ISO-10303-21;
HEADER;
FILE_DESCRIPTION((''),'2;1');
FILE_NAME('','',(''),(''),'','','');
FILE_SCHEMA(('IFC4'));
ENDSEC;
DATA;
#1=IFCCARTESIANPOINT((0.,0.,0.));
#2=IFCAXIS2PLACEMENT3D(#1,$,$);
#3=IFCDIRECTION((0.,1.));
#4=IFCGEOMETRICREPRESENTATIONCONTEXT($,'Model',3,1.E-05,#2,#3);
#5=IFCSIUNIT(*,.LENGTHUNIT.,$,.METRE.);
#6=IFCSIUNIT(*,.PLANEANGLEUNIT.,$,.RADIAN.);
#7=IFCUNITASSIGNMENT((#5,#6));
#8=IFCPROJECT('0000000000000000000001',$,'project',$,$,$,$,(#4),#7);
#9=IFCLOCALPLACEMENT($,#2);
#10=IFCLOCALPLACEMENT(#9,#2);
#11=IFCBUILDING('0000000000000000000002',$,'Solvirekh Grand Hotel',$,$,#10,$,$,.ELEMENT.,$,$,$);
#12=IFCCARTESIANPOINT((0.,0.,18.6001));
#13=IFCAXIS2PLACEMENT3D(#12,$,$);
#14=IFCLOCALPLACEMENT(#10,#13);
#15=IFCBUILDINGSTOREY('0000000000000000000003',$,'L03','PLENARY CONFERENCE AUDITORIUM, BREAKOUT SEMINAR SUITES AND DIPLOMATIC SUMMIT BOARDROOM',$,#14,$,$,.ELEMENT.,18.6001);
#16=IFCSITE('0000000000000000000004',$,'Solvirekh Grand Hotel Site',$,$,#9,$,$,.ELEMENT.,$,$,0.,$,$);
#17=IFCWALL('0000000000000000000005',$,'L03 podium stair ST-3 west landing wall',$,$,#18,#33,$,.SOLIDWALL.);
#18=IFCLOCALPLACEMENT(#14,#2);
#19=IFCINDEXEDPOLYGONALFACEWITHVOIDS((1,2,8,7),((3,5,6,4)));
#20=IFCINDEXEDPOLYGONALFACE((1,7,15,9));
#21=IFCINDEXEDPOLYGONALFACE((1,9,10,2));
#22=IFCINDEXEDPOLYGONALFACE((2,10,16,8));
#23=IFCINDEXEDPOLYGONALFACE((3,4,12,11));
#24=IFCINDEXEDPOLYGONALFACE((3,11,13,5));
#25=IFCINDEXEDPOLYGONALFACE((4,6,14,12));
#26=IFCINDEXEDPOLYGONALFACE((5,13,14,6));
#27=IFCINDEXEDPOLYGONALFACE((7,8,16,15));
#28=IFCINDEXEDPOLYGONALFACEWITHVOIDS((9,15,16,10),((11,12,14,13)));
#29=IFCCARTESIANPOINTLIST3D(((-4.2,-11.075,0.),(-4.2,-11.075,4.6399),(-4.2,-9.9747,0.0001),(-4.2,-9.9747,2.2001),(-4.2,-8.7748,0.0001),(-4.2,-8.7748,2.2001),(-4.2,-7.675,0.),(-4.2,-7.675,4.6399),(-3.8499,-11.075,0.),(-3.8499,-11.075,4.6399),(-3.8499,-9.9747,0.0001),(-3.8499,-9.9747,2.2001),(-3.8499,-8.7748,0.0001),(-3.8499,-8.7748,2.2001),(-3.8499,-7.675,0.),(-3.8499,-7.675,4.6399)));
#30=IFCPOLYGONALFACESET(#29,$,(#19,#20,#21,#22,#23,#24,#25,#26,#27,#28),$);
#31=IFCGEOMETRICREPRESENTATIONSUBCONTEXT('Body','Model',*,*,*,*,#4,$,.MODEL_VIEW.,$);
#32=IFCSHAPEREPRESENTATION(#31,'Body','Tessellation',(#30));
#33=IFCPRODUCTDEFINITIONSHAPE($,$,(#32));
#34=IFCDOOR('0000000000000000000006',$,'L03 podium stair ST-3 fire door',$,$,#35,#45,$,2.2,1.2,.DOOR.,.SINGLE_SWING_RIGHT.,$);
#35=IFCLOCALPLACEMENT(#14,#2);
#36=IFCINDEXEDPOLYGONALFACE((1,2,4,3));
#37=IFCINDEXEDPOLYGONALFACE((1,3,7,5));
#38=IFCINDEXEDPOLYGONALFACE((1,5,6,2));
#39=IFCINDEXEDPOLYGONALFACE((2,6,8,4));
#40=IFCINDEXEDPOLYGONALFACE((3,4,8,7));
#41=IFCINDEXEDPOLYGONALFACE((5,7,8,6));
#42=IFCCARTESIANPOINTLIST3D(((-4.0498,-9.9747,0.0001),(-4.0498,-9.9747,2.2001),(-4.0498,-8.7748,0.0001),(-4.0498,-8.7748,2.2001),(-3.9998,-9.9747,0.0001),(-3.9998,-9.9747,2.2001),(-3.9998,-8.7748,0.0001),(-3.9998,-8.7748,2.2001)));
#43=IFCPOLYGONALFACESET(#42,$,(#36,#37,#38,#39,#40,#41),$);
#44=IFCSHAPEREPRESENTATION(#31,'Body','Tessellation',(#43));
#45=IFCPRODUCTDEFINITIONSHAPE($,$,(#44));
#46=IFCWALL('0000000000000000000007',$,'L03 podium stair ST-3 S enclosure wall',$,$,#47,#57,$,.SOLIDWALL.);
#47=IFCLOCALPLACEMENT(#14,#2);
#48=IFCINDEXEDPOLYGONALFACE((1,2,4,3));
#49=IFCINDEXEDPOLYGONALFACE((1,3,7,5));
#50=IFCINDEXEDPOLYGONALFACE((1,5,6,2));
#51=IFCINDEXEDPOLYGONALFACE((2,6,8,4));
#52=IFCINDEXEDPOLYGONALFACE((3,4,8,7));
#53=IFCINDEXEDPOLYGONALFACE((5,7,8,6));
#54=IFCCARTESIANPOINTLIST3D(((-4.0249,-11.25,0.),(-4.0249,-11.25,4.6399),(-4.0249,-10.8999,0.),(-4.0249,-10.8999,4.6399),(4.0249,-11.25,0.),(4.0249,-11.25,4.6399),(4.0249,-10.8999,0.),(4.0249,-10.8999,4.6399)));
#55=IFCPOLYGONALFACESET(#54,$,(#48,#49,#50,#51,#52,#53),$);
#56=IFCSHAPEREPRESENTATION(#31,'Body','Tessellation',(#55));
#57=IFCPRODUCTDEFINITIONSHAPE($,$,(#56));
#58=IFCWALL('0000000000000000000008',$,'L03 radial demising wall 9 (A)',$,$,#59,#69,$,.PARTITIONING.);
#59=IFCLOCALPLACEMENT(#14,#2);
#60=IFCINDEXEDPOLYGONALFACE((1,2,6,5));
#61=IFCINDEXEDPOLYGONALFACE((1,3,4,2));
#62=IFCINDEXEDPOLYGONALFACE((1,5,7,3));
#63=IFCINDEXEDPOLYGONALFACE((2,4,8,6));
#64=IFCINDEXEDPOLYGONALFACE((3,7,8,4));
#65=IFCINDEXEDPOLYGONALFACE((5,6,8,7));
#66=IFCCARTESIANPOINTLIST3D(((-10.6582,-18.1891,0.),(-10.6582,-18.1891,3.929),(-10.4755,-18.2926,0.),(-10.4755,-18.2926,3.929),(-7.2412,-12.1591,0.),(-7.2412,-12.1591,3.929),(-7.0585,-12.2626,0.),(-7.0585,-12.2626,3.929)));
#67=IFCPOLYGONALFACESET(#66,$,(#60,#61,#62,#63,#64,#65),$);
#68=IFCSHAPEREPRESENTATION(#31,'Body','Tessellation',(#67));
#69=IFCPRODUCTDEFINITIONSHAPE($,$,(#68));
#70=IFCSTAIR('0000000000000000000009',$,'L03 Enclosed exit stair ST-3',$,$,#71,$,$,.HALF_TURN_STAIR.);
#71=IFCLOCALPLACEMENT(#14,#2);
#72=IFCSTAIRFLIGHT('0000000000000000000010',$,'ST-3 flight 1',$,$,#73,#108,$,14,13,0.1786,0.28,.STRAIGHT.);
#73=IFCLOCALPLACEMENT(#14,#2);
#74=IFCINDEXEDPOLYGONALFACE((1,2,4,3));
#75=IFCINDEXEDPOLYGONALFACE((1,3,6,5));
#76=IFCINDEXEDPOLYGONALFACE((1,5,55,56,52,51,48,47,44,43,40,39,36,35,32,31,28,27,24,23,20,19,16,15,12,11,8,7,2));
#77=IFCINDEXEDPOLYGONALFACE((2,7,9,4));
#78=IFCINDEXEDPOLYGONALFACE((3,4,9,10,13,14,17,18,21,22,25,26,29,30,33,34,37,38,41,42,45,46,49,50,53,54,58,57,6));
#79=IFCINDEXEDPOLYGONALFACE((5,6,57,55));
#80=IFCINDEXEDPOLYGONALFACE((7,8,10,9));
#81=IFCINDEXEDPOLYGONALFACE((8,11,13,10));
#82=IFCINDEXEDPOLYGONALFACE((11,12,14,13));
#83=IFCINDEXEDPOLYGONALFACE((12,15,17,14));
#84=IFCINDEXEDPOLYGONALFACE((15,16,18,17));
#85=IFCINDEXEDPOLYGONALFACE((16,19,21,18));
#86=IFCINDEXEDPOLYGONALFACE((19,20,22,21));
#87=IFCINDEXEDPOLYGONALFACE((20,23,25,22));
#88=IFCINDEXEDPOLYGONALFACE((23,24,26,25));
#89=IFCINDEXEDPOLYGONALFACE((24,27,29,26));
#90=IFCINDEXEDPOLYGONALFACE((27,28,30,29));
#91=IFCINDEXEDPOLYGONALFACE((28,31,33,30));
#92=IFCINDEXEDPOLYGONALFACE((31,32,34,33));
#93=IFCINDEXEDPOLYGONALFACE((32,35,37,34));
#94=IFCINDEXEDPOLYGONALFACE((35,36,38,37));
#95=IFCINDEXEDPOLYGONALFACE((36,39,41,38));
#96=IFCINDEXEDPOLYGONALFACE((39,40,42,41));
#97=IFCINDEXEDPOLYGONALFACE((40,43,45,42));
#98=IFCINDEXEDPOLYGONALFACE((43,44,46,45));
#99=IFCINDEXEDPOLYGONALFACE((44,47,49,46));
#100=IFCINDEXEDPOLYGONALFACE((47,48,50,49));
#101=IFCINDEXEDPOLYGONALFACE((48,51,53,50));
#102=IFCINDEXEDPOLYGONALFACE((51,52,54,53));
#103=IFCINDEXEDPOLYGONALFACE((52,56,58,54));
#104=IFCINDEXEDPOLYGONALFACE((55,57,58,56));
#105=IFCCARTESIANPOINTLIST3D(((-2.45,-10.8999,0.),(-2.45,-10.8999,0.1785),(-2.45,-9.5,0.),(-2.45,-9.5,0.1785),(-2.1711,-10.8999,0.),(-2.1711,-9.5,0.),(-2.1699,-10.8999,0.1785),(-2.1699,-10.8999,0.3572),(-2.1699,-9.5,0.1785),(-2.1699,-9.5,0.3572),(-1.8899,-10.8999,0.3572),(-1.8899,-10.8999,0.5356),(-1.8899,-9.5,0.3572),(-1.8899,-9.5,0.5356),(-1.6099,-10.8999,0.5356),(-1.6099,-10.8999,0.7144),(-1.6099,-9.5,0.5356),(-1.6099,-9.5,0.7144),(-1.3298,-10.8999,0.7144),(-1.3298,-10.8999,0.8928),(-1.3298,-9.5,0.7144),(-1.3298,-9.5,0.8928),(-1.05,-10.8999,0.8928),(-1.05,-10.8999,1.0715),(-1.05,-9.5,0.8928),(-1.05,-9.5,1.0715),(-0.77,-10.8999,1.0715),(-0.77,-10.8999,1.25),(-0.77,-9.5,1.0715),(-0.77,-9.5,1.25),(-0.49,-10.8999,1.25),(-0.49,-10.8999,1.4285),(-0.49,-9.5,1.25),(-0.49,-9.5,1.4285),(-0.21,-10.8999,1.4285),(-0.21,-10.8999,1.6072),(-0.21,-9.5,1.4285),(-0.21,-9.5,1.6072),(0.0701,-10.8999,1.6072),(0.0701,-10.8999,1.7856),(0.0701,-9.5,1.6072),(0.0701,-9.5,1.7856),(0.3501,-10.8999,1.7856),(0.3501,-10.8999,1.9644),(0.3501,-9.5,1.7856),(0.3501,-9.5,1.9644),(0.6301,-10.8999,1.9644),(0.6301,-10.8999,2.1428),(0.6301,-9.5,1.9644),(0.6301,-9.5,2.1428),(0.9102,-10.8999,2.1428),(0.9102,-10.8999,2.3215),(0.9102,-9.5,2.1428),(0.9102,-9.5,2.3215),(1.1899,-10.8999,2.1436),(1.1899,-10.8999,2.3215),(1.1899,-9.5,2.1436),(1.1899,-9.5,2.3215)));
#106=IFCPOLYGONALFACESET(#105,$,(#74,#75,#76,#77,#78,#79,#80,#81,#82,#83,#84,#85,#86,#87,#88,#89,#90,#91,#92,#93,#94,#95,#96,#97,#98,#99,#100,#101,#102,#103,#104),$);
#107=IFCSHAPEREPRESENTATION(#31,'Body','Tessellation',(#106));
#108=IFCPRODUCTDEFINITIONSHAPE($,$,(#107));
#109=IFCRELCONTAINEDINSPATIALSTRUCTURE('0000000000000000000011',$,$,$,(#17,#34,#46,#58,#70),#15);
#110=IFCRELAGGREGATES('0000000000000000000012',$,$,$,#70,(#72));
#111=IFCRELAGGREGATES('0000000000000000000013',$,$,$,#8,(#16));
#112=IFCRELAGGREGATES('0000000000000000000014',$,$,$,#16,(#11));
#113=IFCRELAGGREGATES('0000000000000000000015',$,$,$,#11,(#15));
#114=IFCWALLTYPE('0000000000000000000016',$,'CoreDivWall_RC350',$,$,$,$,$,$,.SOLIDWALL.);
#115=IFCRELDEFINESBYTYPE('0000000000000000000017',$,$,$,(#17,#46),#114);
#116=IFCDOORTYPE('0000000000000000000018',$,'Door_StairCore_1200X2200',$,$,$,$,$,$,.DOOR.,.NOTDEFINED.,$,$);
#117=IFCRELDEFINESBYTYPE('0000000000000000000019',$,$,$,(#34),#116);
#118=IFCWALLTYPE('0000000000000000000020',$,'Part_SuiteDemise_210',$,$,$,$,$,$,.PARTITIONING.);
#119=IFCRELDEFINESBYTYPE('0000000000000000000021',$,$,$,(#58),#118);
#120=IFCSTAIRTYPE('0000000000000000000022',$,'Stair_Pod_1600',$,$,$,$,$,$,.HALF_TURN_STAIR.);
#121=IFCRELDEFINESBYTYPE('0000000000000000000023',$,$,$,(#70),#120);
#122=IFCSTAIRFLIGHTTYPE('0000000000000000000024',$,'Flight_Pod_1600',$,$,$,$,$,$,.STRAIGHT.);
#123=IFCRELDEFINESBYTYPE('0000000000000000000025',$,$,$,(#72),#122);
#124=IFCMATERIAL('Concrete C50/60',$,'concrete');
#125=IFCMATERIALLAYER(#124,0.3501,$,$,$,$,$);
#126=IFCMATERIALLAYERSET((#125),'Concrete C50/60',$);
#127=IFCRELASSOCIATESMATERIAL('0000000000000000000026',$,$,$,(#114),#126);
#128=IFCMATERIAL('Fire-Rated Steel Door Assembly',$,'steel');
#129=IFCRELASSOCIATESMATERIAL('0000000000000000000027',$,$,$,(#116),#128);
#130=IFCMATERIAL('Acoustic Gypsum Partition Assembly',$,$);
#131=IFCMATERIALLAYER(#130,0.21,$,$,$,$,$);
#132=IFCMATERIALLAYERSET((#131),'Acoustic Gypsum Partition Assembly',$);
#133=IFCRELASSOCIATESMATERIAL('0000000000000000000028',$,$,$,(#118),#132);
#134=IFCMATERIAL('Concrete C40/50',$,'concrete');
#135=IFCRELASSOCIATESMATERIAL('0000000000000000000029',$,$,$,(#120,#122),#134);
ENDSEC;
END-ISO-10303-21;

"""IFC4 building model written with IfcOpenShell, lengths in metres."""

from ifc_helpers import new_model, si_unit, direction, frame, frame_2d, origin, place, context, subcontext, project, spatial, polyline, rectangle, outline, extrude, material, layer, layer_set, type_object, element, fill, aggregate, save


model = new_model("IFC4")

# Units and contexts
model_context = context("Model", 3, precision=1e-05, world=origin(), true_north=direction((0.0, 1.0)))
body_context = subcontext(model_context, "Body", "Model", "MODEL_VIEW")
ifc_project = project(units=[si_unit("LENGTHUNIT", "METRE"), si_unit("PLANEANGLEUNIT", "RADIAN")], contexts=[model_context])

# Site, building, storey
site_placement = place(None, origin())
site = spatial("IfcSite", under=ifc_project, at=site_placement, Name="Solvirekh Grand Hotel Site", CompositionType="ELEMENT", RefElevation=0.0)
building_placement = place(site_placement, origin())
building = spatial("IfcBuilding", under=site, at=building_placement, Name="Solvirekh Grand Hotel", CompositionType="ELEMENT")
storey_placement = place(building_placement, frame((0.0, 0.0, 18.6001)))
storey = spatial("IfcBuildingStorey", under=building, at=storey_placement, Name="L03", Description="PLENARY CONFERENCE AUDITORIUM, BREAKOUT SEMINAR SUITES AND DIPLOMATIC SUMMIT BOARDROOM", CompositionType="ELEMENT", Elevation=18.6001)

# Wall, opening, door
ifc_material_1 = material(Name="Concrete C50/60", Category="concrete")
ifc_layer_1 = layer(ifc_material_1, 0.3501)
ifc_layer_set_1 = layer_set([ifc_layer_1], Name="Concrete C50/60")
wall_type_1 = type_object("IfcWallType", Name="CoreDivWall_RC350", PredefinedType="SOLIDWALL", material=ifc_layer_set_1)
wall_1_placement = place(storey_placement, frame((-4.0249, -11.075, 0.0), z_axis=(0.0, 0.0, 1.0), x_axis=(0.0, 1.0, 0.0)))
wall_1 = element("IfcWall", 1, at=wall_1_placement, inside=storey, type_object=wall_type_1, Name="L03 podium stair ST-3 west landing wall", PredefinedType="SOLIDWALL", context=body_context, shape_type="SweptSolid", body=[
    extrude(rectangle(XDim=3.3999, YDim=0.3501, at=frame_2d((1.7, 0.0))), origin(), (0.0, 0.0, 1.0), 4.6399),
])
opening_1_placement = place(wall_1_placement, frame((1.1001, 0.0, 0.0)))
opening_1 = element("IfcOpeningElement", 2, at=opening_1_placement, cuts=wall_1, PredefinedType="OPENING", context=body_context, shape_type="SweptSolid", body=[
    extrude(rectangle(XDim=1.2, YDim=2.2, at=frame_2d((0.6001, 1.1001))), frame((0.0, 0.1851, 0.0), z_axis=(0.0, -1.0, 0.0), x_axis=(1.0, 0.0, 0.0)), (0.0, 0.0, 1.0), 0.3701),
])
ifc_material_2 = material(Name="Fire-Rated Steel Door Assembly", Category="steel")
door_type_1 = type_object("IfcDoorType", Name="Door_StairCore_1200X2200", OperationType="NOTDEFINED", PredefinedType="DOOR", material=ifc_material_2)
door_1_placement = place(opening_1_placement, origin())
door_1 = element("IfcDoor", 3, at=door_1_placement, inside=storey, type_object=door_type_1, Name="L03 podium stair ST-3 fire door", OperationType="SINGLE_SWING_RIGHT", OverallHeight=2.2, OverallWidth=1.2, PredefinedType="DOOR", context=body_context, shape_type="SweptSolid", body=[
    extrude(rectangle(XDim=1.2, YDim=2.2, at=frame_2d((0.6001, 1.1001))), frame((0.0, 0.0249, 0.0), z_axis=(0.0, -1.0, 0.0), x_axis=(1.0, 0.0, 0.0)), (0.0, 0.0, 1.0), 0.05),
])
fill(opening_1, door_1)

# Wall
wall_2_placement = place(storey_placement, frame((-4.0249, -11.075, 0.0), z_axis=(0.0, 0.0, 1.0), x_axis=(1.0, 0.0, 0.0)))
element("IfcWall", 4, at=wall_2_placement, inside=storey, type_object=wall_type_1, Name="L03 podium stair ST-3 S enclosure wall", PredefinedType="SOLIDWALL", context=body_context, shape_type="SweptSolid", body=[
    extrude(rectangle(XDim=8.0498, YDim=0.3501, at=frame_2d((4.0249, 0.0))), origin(), (0.0, 0.0, 1.0), 4.6399),
])

# Shared definitions
ifc_material_3 = material(Name="Acoustic Gypsum Partition Assembly")

# Wall
ifc_layer_2 = layer(ifc_material_3, 0.21)
ifc_layer_set_2 = layer_set([ifc_layer_2], Name="Acoustic Gypsum Partition Assembly")
wall_type_2 = type_object("IfcWallType", Name="Part_SuiteDemise_210", PredefinedType="PARTITIONING", material=ifc_layer_set_2)
wall_3_placement = place(storey_placement, frame((-7.1499, -12.2109, 0.0), z_axis=(0.0, 0.0, 1.0), x_axis=(-0.49301, -0.870024, 0.0)))
element("IfcWall", 5, at=wall_3_placement, inside=storey, type_object=wall_type_2, Name="L03 radial demising wall 9 (A)", PredefinedType="PARTITIONING", context=body_context, shape_type="SweptSolid", body=[
    extrude(rectangle(XDim=6.9309, YDim=0.21, at=frame_2d((3.4653, 0.0))), origin(), (0.0, 0.0, 1.0), 3.929),
])

# Stair, stair flight
ifc_material_4 = material(Name="Concrete C40/50", Category="concrete")
stair_type = type_object("IfcStairType", Name="Stair_Pod_1600", PredefinedType="HALF_TURN_STAIR", material=ifc_material_4)
stair_placement = place(storey_placement, origin())
stair = element("IfcStair", 6, at=stair_placement, inside=storey, type_object=stair_type, Name="L03 Enclosed exit stair ST-3", PredefinedType="HALF_TURN_STAIR")
stair_flight_type = type_object("IfcStairFlightType", Name="Flight_Pod_1600", PredefinedType="STRAIGHT", material=ifc_material_4)
stair_flight_placement = place(storey_placement, frame((-2.45, -10.2, 0.0), z_axis=(0.0, 0.0, 1.0), x_axis=(1.0, 0.0, 0.0)))
stair_flight = element("IfcStairFlight", 7, at=stair_flight_placement, type_object=stair_flight_type, Name="ST-3 flight 1", NumberOfRisers=14, NumberOfTreads=13, PredefinedType="STRAIGHT", RiserHeight=0.1786, TreadLength=0.28, context=body_context, shape_type="SweptSolid", body=[
    extrude(outline(polyline([(0.0, 0.0), (0.0, 0.1785), (0.28, 0.1785), (0.28, 0.3572), (0.5601, 0.3572), (0.5601, 0.5356), (0.8401, 0.5356), (0.8401, 0.7144), (1.1201, 0.7144), (1.1201, 0.8928), (1.3999, 0.8928), (1.3999, 1.0715), (1.6799, 1.0715), (1.6799, 1.25), (1.96, 1.25), (1.96, 1.4285), (2.24, 1.4285), (2.24, 1.6072), (2.52, 1.6072), (2.52, 1.7856), (2.8, 1.7856), (2.8, 1.9644), (3.0801, 1.9644), (3.0801, 2.1428), (3.3601, 2.1428), (3.3601, 2.3215), (3.6399, 2.3215), (3.6399, 2.5), (3.6399, 2.1436), (0.2788, 0.0), (0.0, 0.0)])), frame((0.0, 0.7, 0.0), z_axis=(0.0, -1.0, 0.0), x_axis=(1.0, 0.0, 0.0)), (0.0, 0.0, 1.0), 1.3999),
])
aggregate(stair, [stair_flight])

save(model, "model.ifc")
